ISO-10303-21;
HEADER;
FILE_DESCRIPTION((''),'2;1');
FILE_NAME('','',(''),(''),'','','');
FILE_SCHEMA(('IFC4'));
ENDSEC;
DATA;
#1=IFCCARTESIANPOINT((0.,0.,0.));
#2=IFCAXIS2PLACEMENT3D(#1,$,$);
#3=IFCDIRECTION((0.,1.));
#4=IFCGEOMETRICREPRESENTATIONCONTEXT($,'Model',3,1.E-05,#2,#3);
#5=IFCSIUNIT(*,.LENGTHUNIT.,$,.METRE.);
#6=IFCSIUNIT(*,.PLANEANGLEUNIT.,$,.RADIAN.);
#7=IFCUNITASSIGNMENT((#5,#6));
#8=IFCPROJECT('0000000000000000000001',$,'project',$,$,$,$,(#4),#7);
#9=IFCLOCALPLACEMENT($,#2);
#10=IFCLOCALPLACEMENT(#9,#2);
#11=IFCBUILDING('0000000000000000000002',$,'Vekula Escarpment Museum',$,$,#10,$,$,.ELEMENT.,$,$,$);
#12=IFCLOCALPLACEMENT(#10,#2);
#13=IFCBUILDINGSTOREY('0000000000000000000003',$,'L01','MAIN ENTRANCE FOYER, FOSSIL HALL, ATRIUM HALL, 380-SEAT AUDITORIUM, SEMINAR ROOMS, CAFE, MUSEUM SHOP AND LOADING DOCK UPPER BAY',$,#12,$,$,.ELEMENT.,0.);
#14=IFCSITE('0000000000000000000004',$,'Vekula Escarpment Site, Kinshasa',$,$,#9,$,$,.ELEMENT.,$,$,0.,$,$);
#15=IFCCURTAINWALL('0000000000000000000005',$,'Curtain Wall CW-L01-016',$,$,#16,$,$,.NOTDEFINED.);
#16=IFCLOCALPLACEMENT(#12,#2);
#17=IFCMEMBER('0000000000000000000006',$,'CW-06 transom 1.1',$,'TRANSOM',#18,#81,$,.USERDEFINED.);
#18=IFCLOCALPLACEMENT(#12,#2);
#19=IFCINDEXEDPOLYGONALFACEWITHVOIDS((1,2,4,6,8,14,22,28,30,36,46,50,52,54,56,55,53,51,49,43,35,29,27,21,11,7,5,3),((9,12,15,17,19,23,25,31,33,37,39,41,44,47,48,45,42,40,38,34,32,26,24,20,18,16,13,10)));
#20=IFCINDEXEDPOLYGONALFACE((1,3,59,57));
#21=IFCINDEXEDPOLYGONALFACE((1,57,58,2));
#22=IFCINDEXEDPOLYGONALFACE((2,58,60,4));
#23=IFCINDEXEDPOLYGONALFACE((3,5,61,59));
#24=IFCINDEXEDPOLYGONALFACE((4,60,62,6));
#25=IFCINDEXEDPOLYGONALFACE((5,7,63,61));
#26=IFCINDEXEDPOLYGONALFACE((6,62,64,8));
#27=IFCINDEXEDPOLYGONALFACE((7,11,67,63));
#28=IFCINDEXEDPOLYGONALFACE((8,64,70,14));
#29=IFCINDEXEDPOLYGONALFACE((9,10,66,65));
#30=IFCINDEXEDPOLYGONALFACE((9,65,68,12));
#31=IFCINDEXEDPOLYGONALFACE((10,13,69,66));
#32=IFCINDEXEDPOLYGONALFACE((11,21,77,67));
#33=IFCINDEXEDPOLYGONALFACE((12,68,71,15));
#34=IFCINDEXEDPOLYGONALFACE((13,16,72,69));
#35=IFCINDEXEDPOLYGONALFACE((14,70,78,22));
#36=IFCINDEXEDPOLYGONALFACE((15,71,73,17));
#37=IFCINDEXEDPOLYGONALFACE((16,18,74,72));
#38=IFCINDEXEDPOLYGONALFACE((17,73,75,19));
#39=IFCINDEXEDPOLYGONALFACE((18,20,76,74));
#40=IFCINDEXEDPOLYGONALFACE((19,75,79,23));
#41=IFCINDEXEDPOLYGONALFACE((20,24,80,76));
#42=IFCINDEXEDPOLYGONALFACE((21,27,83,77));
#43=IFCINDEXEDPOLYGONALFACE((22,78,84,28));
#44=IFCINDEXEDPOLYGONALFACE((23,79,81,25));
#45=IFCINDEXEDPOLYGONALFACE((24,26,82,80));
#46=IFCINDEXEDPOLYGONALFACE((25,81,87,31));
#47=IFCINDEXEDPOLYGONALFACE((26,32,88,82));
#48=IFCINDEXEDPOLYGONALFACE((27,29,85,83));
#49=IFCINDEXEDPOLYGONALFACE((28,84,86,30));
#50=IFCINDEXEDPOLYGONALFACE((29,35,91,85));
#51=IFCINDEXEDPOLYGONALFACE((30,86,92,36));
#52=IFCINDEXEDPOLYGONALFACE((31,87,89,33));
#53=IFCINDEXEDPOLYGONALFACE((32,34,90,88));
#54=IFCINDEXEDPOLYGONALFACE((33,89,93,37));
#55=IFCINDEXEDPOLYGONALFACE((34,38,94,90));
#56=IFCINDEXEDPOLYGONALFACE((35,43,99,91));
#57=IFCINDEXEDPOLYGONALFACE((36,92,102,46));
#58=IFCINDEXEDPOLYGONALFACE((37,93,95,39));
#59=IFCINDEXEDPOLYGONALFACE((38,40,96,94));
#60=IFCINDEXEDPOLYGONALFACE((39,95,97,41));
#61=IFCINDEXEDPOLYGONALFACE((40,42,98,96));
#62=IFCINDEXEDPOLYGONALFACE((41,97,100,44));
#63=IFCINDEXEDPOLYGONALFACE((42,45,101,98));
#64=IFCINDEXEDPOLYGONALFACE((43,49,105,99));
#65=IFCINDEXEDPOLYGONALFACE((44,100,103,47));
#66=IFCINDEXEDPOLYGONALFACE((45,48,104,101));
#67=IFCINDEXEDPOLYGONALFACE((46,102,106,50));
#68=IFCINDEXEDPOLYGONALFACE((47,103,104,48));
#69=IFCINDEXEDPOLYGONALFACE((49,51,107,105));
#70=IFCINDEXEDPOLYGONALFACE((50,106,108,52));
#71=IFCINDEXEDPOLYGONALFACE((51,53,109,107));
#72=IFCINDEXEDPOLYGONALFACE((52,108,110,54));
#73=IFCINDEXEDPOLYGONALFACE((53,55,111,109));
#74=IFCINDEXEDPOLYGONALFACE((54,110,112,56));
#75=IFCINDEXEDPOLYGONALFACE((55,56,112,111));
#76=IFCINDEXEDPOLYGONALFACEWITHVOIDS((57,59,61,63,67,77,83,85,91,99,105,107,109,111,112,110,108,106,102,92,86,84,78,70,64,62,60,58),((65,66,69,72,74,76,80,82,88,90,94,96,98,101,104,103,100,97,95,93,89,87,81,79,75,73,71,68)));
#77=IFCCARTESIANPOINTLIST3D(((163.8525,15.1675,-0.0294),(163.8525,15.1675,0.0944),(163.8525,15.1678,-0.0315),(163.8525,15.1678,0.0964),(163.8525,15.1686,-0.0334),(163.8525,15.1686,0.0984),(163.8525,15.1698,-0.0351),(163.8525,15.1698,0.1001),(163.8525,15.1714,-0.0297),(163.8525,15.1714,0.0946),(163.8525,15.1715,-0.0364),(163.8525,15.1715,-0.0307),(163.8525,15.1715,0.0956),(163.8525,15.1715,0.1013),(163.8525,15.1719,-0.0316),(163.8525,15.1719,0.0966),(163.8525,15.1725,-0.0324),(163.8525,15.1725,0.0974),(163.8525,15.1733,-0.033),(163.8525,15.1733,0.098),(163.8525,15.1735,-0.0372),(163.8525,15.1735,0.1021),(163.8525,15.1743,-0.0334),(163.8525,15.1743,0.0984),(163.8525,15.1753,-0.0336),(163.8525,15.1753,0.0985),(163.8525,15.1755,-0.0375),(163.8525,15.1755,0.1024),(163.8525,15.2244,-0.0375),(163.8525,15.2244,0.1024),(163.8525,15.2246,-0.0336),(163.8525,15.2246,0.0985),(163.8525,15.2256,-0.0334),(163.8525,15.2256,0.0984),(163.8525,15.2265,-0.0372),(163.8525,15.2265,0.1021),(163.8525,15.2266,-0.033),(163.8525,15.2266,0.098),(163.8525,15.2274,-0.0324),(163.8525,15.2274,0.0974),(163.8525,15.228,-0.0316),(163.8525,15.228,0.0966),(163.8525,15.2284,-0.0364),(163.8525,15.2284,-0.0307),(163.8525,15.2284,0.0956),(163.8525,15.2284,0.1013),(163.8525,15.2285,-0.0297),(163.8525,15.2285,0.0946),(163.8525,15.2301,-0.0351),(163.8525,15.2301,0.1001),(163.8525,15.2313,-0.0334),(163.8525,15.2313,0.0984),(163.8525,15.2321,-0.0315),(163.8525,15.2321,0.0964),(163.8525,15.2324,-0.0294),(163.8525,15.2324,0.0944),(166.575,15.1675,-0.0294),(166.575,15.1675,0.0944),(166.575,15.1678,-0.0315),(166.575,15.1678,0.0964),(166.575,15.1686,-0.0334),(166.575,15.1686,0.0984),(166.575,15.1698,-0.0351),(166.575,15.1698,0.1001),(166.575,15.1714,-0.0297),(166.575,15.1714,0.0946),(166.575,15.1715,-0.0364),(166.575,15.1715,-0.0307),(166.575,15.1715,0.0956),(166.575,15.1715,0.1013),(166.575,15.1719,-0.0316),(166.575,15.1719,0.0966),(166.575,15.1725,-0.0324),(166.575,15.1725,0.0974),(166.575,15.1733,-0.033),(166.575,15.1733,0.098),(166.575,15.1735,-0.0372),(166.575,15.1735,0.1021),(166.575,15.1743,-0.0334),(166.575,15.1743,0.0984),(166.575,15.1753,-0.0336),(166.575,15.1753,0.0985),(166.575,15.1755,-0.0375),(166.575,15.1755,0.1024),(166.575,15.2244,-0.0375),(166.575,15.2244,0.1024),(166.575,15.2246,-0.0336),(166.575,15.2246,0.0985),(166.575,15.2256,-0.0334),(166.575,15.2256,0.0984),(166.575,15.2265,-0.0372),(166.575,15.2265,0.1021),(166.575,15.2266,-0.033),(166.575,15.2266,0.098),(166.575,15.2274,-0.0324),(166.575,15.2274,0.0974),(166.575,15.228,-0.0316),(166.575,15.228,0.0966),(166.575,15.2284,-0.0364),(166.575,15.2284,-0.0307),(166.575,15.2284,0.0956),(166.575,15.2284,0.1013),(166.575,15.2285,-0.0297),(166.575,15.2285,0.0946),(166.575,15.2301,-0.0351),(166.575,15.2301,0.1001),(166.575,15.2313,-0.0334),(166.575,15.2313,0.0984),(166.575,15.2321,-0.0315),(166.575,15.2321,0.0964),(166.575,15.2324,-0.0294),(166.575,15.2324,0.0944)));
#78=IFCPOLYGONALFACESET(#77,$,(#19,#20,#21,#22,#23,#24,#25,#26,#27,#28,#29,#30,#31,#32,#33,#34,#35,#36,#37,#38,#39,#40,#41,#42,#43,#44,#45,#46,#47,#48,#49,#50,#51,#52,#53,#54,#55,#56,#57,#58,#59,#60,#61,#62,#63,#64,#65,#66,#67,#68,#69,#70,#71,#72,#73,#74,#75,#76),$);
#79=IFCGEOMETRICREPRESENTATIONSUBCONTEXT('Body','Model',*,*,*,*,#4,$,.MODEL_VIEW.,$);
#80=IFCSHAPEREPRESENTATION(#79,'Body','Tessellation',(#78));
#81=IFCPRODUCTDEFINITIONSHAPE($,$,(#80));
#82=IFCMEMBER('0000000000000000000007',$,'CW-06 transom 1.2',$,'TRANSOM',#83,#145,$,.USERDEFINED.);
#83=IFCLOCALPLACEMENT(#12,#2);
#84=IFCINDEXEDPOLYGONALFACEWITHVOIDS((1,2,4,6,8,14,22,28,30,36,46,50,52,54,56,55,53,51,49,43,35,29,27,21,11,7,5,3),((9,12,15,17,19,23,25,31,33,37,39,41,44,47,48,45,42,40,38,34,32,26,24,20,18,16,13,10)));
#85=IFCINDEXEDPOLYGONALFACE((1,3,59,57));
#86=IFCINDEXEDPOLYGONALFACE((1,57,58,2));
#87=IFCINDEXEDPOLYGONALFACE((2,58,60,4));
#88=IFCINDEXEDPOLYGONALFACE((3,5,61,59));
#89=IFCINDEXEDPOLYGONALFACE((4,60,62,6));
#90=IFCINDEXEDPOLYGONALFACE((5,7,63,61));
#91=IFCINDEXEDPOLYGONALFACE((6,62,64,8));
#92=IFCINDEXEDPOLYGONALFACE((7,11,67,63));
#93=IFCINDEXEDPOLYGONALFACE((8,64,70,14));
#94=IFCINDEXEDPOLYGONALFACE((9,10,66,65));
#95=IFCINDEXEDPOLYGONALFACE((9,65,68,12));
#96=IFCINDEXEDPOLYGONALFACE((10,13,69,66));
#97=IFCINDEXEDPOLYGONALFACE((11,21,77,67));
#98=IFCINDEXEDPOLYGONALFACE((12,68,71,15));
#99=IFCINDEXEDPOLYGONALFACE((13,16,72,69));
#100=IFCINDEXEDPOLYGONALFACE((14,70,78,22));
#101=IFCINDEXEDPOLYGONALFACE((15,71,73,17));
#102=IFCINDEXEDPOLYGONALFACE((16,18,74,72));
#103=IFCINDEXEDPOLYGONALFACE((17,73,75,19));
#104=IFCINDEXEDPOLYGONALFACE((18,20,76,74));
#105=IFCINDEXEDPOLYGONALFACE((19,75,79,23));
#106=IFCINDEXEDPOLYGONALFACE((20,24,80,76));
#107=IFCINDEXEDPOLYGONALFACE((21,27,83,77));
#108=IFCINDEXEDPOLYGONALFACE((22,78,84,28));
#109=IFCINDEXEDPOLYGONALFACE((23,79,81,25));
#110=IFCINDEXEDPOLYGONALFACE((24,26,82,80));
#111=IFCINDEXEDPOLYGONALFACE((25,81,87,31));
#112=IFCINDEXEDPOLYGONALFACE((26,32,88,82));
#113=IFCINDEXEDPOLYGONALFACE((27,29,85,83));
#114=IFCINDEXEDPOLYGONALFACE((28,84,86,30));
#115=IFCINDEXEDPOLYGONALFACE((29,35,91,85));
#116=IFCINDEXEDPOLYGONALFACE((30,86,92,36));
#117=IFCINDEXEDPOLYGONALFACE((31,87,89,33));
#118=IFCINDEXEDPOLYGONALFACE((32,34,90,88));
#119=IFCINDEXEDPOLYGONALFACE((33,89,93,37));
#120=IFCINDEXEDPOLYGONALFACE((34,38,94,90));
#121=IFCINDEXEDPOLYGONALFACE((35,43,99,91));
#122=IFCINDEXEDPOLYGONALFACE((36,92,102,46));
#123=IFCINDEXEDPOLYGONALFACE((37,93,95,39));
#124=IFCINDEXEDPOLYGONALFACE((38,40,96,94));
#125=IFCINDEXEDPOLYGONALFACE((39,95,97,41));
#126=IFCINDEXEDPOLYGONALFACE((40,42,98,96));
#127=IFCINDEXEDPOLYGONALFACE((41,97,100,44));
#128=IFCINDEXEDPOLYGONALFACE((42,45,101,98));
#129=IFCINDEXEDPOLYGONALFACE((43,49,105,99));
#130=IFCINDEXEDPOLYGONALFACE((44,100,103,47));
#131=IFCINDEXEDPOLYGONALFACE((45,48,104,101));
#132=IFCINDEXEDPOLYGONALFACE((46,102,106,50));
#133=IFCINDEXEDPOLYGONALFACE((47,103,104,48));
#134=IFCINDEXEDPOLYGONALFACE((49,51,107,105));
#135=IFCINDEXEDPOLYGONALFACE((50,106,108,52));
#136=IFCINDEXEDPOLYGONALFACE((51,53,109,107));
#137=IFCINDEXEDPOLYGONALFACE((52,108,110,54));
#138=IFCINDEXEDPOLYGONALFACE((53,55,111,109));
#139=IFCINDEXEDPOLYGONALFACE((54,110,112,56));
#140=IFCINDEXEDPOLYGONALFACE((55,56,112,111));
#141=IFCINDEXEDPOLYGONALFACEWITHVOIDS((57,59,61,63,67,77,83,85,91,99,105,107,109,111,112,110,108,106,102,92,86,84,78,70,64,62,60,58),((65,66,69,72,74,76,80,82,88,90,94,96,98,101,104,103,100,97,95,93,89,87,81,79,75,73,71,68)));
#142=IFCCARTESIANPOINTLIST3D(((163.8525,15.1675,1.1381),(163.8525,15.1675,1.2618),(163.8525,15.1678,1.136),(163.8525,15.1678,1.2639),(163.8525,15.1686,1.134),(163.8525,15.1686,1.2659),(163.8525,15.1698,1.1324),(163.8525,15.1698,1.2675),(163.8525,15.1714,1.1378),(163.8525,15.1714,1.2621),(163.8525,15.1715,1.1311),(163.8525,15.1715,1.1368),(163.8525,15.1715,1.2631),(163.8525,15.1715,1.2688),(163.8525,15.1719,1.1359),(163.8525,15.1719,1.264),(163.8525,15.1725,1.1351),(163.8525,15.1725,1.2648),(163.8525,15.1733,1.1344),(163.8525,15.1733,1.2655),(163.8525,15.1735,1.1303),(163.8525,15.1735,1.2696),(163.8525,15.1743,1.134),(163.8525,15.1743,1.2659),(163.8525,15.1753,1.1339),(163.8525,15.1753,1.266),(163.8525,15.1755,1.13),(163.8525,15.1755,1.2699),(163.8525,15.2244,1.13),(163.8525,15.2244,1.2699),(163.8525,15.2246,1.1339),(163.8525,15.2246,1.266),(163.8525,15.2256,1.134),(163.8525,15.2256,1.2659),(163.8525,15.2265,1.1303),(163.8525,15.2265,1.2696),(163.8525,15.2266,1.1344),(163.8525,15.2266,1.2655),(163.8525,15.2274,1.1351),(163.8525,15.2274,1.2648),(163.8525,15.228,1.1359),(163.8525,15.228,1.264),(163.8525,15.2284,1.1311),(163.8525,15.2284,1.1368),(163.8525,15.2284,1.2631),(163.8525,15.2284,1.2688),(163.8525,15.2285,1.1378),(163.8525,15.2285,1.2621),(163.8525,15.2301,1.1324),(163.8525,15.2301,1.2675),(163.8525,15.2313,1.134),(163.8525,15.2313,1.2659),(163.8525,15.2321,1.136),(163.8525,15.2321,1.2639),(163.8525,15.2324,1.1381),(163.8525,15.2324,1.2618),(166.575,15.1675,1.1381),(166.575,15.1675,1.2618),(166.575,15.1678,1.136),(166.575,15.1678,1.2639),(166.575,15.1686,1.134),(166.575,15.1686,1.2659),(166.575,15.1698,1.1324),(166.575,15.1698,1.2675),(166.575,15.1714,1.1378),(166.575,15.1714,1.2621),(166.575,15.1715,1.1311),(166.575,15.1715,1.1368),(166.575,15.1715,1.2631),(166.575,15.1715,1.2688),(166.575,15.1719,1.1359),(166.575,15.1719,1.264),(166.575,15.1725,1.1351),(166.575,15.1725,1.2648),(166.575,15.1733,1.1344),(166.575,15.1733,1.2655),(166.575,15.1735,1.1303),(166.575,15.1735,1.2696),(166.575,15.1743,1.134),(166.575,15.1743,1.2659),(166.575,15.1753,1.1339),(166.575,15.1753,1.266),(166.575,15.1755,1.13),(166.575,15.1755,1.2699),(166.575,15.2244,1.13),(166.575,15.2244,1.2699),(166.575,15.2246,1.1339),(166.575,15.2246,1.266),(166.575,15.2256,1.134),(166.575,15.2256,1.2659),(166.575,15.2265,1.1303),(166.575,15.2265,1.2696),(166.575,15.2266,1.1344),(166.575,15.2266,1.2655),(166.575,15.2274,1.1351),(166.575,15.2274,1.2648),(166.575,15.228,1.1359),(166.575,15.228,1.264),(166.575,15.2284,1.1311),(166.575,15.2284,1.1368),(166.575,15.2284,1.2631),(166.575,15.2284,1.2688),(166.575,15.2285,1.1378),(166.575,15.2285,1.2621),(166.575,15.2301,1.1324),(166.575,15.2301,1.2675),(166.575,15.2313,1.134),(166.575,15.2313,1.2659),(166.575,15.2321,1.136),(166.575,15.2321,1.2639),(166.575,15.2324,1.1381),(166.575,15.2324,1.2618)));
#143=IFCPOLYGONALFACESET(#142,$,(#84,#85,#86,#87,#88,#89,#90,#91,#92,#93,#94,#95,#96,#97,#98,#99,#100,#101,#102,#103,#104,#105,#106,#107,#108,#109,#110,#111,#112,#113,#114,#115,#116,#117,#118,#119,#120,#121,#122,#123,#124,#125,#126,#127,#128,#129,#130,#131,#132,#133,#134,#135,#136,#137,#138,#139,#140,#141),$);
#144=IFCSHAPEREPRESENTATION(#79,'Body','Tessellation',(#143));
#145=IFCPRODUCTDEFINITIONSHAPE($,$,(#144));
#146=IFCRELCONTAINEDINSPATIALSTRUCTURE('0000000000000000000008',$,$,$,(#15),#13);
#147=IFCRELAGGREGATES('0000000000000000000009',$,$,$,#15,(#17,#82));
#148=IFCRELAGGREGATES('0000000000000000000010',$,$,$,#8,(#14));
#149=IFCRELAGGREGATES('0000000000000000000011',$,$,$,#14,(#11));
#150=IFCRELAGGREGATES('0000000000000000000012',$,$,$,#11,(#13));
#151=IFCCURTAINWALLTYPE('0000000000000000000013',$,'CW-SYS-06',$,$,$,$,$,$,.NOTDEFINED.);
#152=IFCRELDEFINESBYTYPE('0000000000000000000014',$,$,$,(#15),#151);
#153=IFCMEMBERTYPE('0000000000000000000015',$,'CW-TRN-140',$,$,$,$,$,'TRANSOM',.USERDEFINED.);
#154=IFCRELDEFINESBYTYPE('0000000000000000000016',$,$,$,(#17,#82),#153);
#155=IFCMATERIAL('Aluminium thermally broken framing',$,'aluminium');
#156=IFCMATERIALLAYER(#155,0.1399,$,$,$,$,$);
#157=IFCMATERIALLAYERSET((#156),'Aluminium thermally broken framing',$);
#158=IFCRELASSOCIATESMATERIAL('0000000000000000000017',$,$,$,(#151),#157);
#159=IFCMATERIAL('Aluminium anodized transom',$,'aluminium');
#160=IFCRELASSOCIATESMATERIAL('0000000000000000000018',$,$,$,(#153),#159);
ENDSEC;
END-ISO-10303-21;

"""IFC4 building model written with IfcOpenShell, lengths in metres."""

from ifc_helpers import new_model, si_unit, direction, frame, origin, origin_2d, place, context, subcontext, project, spatial, hollow_rectangle, extrude, material, layer, layer_set, material_profile, profile_set, type_object, element, aggregate, save


model = new_model("IFC4")

# Units and contexts
model_context = context("Model", 3, precision=1e-05, world=origin(), true_north=direction((0.0, 1.0)))
body_context = subcontext(model_context, "Body", "Model", "MODEL_VIEW")
ifc_project = project(units=[si_unit("LENGTHUNIT", "METRE"), si_unit("PLANEANGLEUNIT", "RADIAN")], contexts=[model_context])

# Site, building, storey
site_placement = place(None, origin())
site = spatial("IfcSite", under=ifc_project, at=site_placement, Name="Vekula Escarpment Site, Kinshasa", CompositionType="ELEMENT", RefElevation=0.0)
building_placement = place(site_placement, origin())
building = spatial("IfcBuilding", under=site, at=building_placement, Name="Vekula Escarpment Museum", CompositionType="ELEMENT")
storey_placement = place(building_placement, origin())
storey = spatial("IfcBuildingStorey", under=building, at=storey_placement, Name="L01", Description="MAIN ENTRANCE FOYER, FOSSIL HALL, ATRIUM HALL, 380-SEAT AUDITORIUM, SEMINAR ROOMS, CAFE, MUSEUM SHOP AND LOADING DOCK UPPER BAY", CompositionType="ELEMENT", Elevation=0.0)

# Curtain wall, members
ifc_material_1 = material(Name="Aluminium thermally broken framing", Category="aluminium")
ifc_layer_1 = layer(ifc_material_1, 0.1399)
ifc_layer_set_1 = layer_set([ifc_layer_1], Name="Aluminium thermally broken framing")
curtain_wall_type = type_object("IfcCurtainWallType", Name="CW-SYS-06", PredefinedType="NOTDEFINED", material=ifc_layer_set_1)
curtain_wall_placement = place(storey_placement, origin())
curtain_wall = element("IfcCurtainWall", 1, at=curtain_wall_placement, inside=storey, type_object=curtain_wall_type, Name="Curtain Wall CW-L01-016", PredefinedType="NOTDEFINED")
ifc_material_2 = material(Name="Aluminium anodized transom", Category="aluminium")
ifc_material_profile_1 = material_profile(ifc_material_2, hollow_rectangle(XDim=0.0649, YDim=0.1399, WallThickness=0.0039, InnerFilletRadius=0.0039, OuterFilletRadius=0.0081, at=origin_2d()), Name="ALU 140x65x4")
ifc_profile_set_1 = profile_set([ifc_material_profile_1], Name="Aluminium anodized transom")
member_type_1 = type_object("IfcMemberType", Name="CW-TRN-140", ElementType="TRANSOM", PredefinedType="USERDEFINED", material=ifc_profile_set_1)
member_1_placement = place(storey_placement, frame((166.575, 15.2, 0.0325), z_axis=(-1.0, 0.0, 0.0), x_axis=(0.0, -1.0, 0.0)))
member_1 = element("IfcMember", 2, at=member_1_placement, type_object=member_type_1, Name="CW-06 transom 1.1", ObjectType="TRANSOM", PredefinedType="USERDEFINED", context=body_context, shape_type="SweptSolid", body=[
    extrude(hollow_rectangle(XDim=0.0649, YDim=0.1399, WallThickness=0.0039, InnerFilletRadius=0.0039, OuterFilletRadius=0.0081, at=origin_2d()), origin(), (0.0, 0.0, 1.0), 2.7224),
])
member_2_placement = place(storey_placement, frame((166.575, 15.2, 1.2), z_axis=(-1.0, 0.0, 0.0), x_axis=(0.0, -1.0, 0.0)))
member_2 = element("IfcMember", 3, at=member_2_placement, type_object=member_type_1, Name="CW-06 transom 1.2", ObjectType="TRANSOM", PredefinedType="USERDEFINED", context=body_context, shape_type="SweptSolid", body=[
    extrude(hollow_rectangle(XDim=0.0649, YDim=0.1399, WallThickness=0.0039, InnerFilletRadius=0.0039, OuterFilletRadius=0.0081, at=origin_2d()), origin(), (0.0, 0.0, 1.0), 2.7224),
])
aggregate(curtain_wall, [member_1, member_2])

save(model, "model.ifc")
